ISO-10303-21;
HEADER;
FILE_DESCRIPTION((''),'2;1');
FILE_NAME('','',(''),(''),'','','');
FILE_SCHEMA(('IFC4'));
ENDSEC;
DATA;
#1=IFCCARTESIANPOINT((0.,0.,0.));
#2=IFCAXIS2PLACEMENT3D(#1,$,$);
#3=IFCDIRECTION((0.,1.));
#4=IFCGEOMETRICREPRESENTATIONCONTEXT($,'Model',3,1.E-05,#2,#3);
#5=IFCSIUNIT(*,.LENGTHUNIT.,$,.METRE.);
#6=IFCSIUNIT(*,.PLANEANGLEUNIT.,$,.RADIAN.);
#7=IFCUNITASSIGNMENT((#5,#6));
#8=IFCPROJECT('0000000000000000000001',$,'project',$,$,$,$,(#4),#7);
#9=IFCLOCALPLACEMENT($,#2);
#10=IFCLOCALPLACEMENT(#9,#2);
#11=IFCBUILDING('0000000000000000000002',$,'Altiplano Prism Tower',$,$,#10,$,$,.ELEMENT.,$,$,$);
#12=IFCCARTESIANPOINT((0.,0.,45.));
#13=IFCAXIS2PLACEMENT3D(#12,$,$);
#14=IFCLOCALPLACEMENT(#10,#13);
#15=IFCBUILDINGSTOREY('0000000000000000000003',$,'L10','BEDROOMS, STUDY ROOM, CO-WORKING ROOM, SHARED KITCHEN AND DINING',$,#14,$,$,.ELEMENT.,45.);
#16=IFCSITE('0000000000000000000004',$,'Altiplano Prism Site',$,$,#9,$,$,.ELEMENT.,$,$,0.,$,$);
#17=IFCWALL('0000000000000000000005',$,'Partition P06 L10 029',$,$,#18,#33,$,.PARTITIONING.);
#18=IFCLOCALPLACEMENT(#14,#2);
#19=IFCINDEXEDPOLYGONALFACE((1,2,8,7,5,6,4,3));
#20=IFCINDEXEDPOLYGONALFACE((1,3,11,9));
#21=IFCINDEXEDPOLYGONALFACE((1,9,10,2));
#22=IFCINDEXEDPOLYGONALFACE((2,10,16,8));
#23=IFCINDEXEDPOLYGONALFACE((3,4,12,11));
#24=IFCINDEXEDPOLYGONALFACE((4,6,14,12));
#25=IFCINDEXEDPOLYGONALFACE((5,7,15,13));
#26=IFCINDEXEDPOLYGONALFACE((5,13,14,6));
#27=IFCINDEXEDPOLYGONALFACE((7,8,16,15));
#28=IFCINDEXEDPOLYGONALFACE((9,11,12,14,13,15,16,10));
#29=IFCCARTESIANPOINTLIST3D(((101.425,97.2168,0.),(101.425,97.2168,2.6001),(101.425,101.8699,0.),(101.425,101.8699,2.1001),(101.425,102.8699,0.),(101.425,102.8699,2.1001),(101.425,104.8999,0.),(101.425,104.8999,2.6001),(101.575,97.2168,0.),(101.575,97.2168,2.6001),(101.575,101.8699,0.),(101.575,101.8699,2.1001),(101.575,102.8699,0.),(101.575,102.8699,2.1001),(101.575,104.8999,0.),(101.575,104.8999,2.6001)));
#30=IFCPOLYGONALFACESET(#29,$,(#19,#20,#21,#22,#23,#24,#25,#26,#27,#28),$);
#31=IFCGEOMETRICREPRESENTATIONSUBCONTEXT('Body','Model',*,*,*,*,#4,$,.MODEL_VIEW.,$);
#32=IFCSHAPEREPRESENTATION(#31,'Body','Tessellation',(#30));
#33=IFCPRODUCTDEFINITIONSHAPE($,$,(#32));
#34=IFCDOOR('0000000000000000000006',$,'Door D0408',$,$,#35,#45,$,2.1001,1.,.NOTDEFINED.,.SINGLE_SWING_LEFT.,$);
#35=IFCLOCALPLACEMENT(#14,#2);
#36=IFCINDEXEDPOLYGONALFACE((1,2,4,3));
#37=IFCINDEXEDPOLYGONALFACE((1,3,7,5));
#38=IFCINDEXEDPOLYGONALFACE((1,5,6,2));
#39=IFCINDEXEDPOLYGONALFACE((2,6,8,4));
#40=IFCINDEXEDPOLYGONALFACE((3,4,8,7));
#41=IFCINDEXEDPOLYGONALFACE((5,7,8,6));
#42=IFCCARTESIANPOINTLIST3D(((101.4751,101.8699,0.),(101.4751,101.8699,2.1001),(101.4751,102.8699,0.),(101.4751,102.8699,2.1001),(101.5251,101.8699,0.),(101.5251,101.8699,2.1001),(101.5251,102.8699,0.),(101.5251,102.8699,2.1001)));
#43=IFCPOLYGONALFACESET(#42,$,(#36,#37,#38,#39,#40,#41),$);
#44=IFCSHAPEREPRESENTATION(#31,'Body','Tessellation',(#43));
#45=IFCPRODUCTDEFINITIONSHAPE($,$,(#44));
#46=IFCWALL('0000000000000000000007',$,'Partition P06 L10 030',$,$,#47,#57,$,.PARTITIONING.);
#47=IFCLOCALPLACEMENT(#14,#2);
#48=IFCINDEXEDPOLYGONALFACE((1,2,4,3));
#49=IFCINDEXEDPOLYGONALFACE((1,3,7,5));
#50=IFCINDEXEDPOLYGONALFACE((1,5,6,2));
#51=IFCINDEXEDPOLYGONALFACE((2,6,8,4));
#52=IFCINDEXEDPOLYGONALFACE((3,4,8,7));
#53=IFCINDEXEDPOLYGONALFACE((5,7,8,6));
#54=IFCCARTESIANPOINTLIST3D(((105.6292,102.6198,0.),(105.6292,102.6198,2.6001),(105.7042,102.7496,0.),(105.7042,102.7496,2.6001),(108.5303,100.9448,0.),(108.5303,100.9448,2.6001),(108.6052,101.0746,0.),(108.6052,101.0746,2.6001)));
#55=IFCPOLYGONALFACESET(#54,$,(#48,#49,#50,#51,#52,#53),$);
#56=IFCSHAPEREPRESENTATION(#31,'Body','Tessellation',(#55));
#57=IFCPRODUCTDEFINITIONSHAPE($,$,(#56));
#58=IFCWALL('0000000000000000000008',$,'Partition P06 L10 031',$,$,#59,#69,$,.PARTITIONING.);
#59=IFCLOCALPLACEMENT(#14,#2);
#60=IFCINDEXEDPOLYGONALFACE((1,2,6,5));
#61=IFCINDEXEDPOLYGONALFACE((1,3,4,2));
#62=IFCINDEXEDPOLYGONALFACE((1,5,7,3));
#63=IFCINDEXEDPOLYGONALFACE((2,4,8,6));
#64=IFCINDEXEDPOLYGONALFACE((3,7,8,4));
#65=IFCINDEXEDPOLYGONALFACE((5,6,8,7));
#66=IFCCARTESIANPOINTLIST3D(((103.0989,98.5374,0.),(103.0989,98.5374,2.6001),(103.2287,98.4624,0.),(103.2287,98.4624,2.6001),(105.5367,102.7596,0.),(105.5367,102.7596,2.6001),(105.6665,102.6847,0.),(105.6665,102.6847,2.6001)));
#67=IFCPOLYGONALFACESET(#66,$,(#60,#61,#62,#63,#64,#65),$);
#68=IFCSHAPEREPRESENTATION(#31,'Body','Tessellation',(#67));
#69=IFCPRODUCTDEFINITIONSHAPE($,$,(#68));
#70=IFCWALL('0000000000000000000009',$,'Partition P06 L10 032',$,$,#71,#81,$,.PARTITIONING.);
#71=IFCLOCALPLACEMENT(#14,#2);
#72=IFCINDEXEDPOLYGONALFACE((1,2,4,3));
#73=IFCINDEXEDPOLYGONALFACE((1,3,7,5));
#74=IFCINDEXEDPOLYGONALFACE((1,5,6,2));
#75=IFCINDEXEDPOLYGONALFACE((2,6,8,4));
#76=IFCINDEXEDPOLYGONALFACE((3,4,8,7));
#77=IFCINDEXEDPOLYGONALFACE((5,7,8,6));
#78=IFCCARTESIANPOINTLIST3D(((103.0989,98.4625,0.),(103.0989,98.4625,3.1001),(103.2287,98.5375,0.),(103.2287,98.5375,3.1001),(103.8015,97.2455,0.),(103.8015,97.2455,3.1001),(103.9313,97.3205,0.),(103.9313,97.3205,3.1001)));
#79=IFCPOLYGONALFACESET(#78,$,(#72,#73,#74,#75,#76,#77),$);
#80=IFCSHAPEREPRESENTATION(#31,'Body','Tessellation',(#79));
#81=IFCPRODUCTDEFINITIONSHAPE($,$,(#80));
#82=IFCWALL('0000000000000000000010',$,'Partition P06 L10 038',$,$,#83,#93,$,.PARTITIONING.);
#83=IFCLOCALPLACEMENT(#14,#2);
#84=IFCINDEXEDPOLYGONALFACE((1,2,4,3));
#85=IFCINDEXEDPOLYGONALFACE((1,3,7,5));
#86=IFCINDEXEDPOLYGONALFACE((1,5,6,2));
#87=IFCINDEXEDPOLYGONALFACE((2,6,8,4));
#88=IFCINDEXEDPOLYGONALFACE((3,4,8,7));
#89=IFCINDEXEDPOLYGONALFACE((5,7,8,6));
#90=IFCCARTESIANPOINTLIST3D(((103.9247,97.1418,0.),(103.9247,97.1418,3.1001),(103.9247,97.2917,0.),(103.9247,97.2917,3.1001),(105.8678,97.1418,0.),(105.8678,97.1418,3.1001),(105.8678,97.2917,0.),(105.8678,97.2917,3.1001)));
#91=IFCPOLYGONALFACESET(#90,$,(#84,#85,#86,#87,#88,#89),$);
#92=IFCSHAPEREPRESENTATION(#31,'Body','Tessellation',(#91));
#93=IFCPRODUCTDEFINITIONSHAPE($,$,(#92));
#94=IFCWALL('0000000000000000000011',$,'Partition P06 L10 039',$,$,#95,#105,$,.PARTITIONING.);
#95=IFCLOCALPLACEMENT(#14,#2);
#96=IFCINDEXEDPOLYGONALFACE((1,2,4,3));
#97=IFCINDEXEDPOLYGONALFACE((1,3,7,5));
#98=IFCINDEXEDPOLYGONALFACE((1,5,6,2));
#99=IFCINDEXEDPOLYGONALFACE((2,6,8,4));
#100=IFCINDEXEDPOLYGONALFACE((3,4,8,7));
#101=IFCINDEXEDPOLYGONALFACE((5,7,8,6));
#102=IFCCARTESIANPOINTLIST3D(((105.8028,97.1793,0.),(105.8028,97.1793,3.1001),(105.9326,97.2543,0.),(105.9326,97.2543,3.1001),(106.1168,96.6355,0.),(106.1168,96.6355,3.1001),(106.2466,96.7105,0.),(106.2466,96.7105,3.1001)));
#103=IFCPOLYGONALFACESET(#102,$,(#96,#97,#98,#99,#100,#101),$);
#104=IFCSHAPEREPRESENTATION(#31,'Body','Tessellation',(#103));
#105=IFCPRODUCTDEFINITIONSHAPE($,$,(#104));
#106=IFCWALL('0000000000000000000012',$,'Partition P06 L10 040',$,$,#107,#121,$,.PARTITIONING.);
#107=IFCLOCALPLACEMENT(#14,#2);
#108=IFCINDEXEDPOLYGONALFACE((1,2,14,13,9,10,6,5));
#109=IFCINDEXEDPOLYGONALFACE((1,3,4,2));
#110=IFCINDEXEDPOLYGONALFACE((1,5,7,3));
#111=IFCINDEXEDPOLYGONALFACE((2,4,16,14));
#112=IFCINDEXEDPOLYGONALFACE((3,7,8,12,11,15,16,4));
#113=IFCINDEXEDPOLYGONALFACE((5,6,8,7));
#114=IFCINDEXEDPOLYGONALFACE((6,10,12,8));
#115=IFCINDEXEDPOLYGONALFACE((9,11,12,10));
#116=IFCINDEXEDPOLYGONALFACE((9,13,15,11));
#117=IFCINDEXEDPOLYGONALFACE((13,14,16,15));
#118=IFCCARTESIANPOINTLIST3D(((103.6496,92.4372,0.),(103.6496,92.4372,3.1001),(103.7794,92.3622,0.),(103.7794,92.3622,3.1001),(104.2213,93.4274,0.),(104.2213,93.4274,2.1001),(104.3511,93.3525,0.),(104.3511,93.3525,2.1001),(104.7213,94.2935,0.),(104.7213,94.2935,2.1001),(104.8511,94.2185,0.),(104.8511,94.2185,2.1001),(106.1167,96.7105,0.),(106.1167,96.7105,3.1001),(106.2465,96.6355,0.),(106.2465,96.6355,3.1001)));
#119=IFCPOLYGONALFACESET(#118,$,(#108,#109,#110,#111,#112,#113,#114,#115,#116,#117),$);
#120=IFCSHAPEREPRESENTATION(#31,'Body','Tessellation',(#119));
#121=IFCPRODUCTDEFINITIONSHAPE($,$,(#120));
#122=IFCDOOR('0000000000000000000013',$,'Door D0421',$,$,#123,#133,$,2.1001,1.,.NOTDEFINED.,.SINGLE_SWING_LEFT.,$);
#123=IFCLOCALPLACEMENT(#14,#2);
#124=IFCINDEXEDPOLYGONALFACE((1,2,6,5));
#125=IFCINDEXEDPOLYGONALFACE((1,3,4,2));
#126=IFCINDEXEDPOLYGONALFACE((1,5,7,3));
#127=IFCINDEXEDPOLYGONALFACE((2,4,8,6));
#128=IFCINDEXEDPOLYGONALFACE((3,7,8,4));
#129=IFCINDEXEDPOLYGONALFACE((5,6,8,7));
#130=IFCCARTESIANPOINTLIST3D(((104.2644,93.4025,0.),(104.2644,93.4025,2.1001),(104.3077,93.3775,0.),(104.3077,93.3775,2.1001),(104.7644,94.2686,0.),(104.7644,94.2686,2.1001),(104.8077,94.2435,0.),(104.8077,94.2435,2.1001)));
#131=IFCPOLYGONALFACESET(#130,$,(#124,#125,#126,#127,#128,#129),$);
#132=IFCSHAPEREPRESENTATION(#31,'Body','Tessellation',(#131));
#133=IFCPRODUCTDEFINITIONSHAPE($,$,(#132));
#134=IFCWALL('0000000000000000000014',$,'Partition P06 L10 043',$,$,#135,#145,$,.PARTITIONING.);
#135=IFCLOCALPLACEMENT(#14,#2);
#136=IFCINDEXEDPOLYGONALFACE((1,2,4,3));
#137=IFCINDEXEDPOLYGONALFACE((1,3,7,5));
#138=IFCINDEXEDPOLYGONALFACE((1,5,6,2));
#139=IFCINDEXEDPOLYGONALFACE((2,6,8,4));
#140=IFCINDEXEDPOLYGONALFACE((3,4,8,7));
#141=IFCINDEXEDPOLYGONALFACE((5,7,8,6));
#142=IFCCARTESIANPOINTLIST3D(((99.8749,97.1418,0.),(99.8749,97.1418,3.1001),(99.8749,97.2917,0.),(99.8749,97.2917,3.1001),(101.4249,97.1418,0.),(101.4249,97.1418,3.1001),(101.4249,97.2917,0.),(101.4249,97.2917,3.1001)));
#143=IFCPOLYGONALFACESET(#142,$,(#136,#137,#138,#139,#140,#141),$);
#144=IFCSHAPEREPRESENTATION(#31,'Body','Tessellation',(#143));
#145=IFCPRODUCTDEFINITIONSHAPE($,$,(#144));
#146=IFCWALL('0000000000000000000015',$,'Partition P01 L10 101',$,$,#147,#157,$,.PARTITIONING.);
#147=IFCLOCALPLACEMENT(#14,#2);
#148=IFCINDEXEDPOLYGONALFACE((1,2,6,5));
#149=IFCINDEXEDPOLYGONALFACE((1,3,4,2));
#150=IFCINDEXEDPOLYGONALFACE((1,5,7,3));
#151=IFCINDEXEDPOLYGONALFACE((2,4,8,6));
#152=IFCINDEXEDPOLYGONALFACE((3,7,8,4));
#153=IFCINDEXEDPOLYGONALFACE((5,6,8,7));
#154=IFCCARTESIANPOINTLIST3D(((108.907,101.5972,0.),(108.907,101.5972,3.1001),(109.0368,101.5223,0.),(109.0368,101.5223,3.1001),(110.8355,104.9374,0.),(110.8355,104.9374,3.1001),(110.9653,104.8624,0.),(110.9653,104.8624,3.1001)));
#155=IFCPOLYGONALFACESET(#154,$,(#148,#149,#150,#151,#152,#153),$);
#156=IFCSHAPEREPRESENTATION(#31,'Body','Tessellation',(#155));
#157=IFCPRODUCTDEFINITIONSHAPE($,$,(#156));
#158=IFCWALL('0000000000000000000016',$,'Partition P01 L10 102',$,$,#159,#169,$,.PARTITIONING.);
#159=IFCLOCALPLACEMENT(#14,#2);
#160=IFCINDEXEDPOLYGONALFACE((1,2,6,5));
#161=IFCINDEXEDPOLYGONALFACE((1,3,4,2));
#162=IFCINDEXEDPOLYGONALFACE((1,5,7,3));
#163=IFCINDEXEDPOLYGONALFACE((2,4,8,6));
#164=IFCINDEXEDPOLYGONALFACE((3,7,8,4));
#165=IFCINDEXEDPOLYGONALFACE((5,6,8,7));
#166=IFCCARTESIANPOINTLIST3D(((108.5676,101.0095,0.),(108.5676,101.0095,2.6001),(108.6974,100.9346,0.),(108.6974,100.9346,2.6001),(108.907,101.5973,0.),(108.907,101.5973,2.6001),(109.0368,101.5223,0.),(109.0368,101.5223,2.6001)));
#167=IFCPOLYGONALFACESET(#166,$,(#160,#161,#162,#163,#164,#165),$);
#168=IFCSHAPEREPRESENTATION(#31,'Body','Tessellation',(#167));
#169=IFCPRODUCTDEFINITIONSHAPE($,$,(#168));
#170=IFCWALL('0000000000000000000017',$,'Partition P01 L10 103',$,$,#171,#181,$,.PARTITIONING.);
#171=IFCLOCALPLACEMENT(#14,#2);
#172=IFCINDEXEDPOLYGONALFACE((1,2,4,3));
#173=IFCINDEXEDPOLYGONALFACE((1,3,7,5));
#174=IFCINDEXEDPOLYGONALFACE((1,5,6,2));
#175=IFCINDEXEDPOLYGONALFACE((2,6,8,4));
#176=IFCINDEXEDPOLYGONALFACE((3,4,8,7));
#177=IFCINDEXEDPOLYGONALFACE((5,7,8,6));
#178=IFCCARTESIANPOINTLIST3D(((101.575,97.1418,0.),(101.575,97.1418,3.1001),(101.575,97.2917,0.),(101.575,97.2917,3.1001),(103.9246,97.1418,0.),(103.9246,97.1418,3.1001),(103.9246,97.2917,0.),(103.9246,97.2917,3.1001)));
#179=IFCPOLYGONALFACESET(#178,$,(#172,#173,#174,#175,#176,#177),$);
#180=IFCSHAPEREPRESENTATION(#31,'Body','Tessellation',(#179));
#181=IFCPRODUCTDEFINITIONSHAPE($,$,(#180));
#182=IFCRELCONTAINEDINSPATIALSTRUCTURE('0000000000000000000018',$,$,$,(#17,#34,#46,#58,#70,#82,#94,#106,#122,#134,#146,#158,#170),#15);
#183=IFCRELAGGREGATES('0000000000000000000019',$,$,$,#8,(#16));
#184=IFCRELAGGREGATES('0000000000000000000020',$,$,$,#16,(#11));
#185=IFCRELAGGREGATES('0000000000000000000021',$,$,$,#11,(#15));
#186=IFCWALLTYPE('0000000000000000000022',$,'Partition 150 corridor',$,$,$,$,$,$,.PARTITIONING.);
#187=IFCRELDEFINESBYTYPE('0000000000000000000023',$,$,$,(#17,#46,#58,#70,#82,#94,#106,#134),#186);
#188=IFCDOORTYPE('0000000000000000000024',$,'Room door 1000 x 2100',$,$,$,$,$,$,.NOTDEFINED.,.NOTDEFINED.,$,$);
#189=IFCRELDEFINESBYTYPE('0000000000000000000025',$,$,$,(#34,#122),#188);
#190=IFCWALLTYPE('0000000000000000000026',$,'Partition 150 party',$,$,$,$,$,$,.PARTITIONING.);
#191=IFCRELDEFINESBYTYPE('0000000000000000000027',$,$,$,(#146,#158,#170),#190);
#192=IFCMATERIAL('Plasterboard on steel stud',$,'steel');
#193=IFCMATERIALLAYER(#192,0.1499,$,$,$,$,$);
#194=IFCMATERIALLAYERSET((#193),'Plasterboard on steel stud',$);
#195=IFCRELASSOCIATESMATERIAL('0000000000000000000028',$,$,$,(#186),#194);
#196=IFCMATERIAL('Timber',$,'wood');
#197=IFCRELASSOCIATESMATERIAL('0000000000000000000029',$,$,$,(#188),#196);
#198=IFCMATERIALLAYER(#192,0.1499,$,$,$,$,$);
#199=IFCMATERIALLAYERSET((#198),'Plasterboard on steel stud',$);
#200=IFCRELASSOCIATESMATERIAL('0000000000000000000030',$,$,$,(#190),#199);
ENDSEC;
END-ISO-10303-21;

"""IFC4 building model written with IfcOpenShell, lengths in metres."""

from ifc_helpers import new_model, si_unit, direction, frame, frame_2d, origin, place, context, subcontext, project, spatial, rectangle, extrude, material, layer, layer_set, type_object, element, fill, save


model = new_model("IFC4")

# Units and contexts
model_context = context("Model", 3, precision=1e-05, world=origin(), true_north=direction((0.0, 1.0)))
body_context = subcontext(model_context, "Body", "Model", "MODEL_VIEW")
ifc_project = project(units=[si_unit("LENGTHUNIT", "METRE"), si_unit("PLANEANGLEUNIT", "RADIAN")], contexts=[model_context])

# Site, building, storey
site_placement = place(None, origin())
site = spatial("IfcSite", under=ifc_project, at=site_placement, Name="Altiplano Prism Site", CompositionType="ELEMENT", RefElevation=0.0)
building_placement = place(site_placement, origin())
building = spatial("IfcBuilding", under=site, at=building_placement, Name="Altiplano Prism Tower", CompositionType="ELEMENT")
storey_placement = place(building_placement, frame((0.0, 0.0, 45.0)))
storey = spatial("IfcBuildingStorey", under=building, at=storey_placement, Name="L10", Description="BEDROOMS, STUDY ROOM, CO-WORKING ROOM, SHARED KITCHEN AND DINING", CompositionType="ELEMENT", Elevation=45.0)

# Shared definitions
ifc_material_1 = material(Name="Plasterboard on steel stud", Category="steel")
ifc_layer_1 = layer(ifc_material_1, 0.1499)
ifc_layer_set_1 = layer_set([ifc_layer_1], Name="Plasterboard on steel stud")
wall_type_1 = type_object("IfcWallType", Name="Partition 150 corridor", PredefinedType="PARTITIONING", material=ifc_layer_set_1)

# Wall, opening, door
ifc_material_2 = material(Name="Timber", Category="wood")
wall_1_placement = place(storey_placement, frame((101.5, 97.2168, 0.0), z_axis=(0.0, 0.0, 1.0), x_axis=(0.0, 1.0, 0.0)))
wall_1 = element("IfcWall", 1, at=wall_1_placement, inside=storey, type_object=wall_type_1, Name="Partition P06 L10 029", PredefinedType="PARTITIONING", context=body_context, shape_type="SweptSolid", body=[
    extrude(rectangle(XDim=7.6831, YDim=0.1499, at=frame_2d((3.8416, 0.0))), origin(), (0.0, 0.0, 1.0), 2.6001),
])
opening_1_placement = place(wall_1_placement, frame((4.6531, 0.0, 0.0)))
opening_1 = element("IfcOpeningElement", 2, at=opening_1_placement, cuts=wall_1, PredefinedType="OPENING", context=body_context, shape_type="SweptSolid", body=[
    extrude(rectangle(XDim=1.0, YDim=2.1001, at=frame_2d((0.5, 1.05))), frame((0.0, 0.0854, 0.0), z_axis=(0.0, -1.0, 0.0), x_axis=(1.0, 0.0, 0.0)), (0.0, 0.0, 1.0), 0.1709),
])
door_type_1 = type_object("IfcDoorType", Name="Room door 1000 x 2100", OperationType="NOTDEFINED", PredefinedType="NOTDEFINED", material=ifc_material_2)
door_1_placement = place(opening_1_placement, origin())
door_1 = element("IfcDoor", 3, at=door_1_placement, inside=storey, type_object=door_type_1, Name="Door D0408", OperationType="SINGLE_SWING_LEFT", OverallHeight=2.1001, OverallWidth=1.0, PredefinedType="NOTDEFINED", context=body_context, shape_type="SweptSolid", body=[
    extrude(rectangle(XDim=1.0, YDim=2.1001, at=frame_2d((0.5, 1.05))), frame((0.0, 0.0249, 0.0), z_axis=(0.0, -1.0, 0.0), x_axis=(1.0, 0.0, 0.0)), (0.0, 0.0, 1.0), 0.05),
])
fill(opening_1, door_1)

# Walls
wall_2_placement = place(storey_placement, frame((108.5676, 101.0098, 0.0), z_axis=(0.0, 0.0, 1.0), x_axis=(-0.866014, 0.500019, 0.0)))
element("IfcWall", 4, at=wall_2_placement, inside=storey, type_object=wall_type_1, Name="Partition P06 L10 030", PredefinedType="PARTITIONING", context=body_context, shape_type="SweptSolid", body=[
    extrude(rectangle(XDim=3.3499, YDim=0.1499, at=frame_2d((1.6748, 0.0))), origin(), (0.0, 0.0, 1.0), 2.6001),
])
wall_3_placement = place(storey_placement, frame((105.6016, 102.7222, 0.0), z_axis=(0.0, 0.0, 1.0), x_axis=(-0.500011, -0.866019, 0.0)))
element("IfcWall", 5, at=wall_3_placement, inside=storey, type_object=wall_type_1, Name="Partition P06 L10 031", PredefinedType="PARTITIONING", context=body_context, shape_type="SweptSolid", body=[
    extrude(rectangle(XDim=4.8755, YDim=0.1499, at=frame_2d((2.4377, 0.0))), origin(), (0.0, 0.0, 1.0), 2.6001),
])
wall_4_placement = place(storey_placement, frame((103.1638, 98.5, 0.0), z_axis=(0.0, 0.0, 1.0), x_axis=(0.499988, -0.866032, 0.0)))
element("IfcWall", 6, at=wall_4_placement, inside=storey, type_object=wall_type_1, Name="Partition P06 L10 032", PredefinedType="PARTITIONING", context=body_context, shape_type="SweptSolid", body=[
    extrude(rectangle(XDim=1.4053, YDim=0.1499, at=frame_2d((0.7026, 0.0))), origin(), (0.0, 0.0, 1.0), 3.1001),
])
wall_5_placement = place(storey_placement, frame((103.9246, 97.2168, 0.0), z_axis=(0.0, 0.0, 1.0), x_axis=(1.0, 0.0, 0.0)))
element("IfcWall", 7, at=wall_5_placement, inside=storey, type_object=wall_type_1, Name="Partition P06 L10 038", PredefinedType="PARTITIONING", context=body_context, shape_type="SweptSolid", body=[
    extrude(rectangle(XDim=1.9431, YDim=0.1499, at=frame_2d((0.9717, 0.0))), origin(), (0.0, 0.0, 1.0), 3.1001),
])
wall_6_placement = place(storey_placement, frame((105.8677, 97.2168, 0.0), z_axis=(0.0, 0.0, 1.0), x_axis=(0.50007, -0.865985, 0.0)))
element("IfcWall", 8, at=wall_6_placement, inside=storey, type_object=wall_type_1, Name="Partition P06 L10 039", PredefinedType="PARTITIONING", context=body_context, shape_type="SweptSolid", body=[
    extrude(rectangle(XDim=0.6279, YDim=0.1499, at=frame_2d((0.314, 0.0))), origin(), (0.0, 0.0, 1.0), 3.1001),
])

# Wall, opening, door
wall_7_placement = place(storey_placement, frame((106.1816, 96.6731, 0.0), z_axis=(0.0, 0.0, 1.0), x_axis=(-0.499987, -0.866033, 0.0)))
wall_7 = element("IfcWall", 9, at=wall_7_placement, inside=storey, type_object=wall_type_1, Name="Partition P06 L10 040", PredefinedType="PARTITIONING", context=body_context, shape_type="SweptSolid", body=[
    extrude(rectangle(XDim=4.9343, YDim=0.1499, at=frame_2d((2.4673, 0.0))), origin(), (0.0, 0.0, 1.0), 3.1001),
])
opening_2_placement = place(wall_7_placement, frame((2.791, 0.0, 0.0)))
opening_2 = element("IfcOpeningElement", 10, at=opening_2_placement, cuts=wall_7, PredefinedType="OPENING", context=body_context, shape_type="SweptSolid", body=[
    extrude(rectangle(XDim=1.0, YDim=2.1001, at=frame_2d((0.5, 1.05))), frame((0.0, 0.0854, 0.0), z_axis=(0.0, -1.0, 0.0), x_axis=(1.0, 0.0, 0.0)), (0.0, 0.0, 1.0), 0.1709),
])
door_2_placement = place(opening_2_placement, origin())
door_2 = element("IfcDoor", 11, at=door_2_placement, inside=storey, type_object=door_type_1, Name="Door D0421", OperationType="SINGLE_SWING_LEFT", OverallHeight=2.1001, OverallWidth=1.0, PredefinedType="NOTDEFINED", context=body_context, shape_type="SweptSolid", body=[
    extrude(rectangle(XDim=1.0, YDim=2.1001, at=frame_2d((0.5, 1.05))), frame((0.0, 0.0249, 0.0), z_axis=(0.0, -1.0, 0.0), x_axis=(1.0, 0.0, 0.0)), (0.0, 0.0, 1.0), 0.05),
])
fill(opening_2, door_2)

# Walls
wall_8_placement = place(storey_placement, frame((99.875, 97.2168, 0.0), z_axis=(0.0, 0.0, 1.0), x_axis=(1.0, 0.0, 0.0)))
element("IfcWall", 12, at=wall_8_placement, inside=storey, type_object=wall_type_1, Name="Partition P06 L10 043", PredefinedType="PARTITIONING", context=body_context, shape_type="SweptSolid", body=[
    extrude(rectangle(XDim=1.55, YDim=0.1499, at=frame_2d((0.7749, 0.0))), origin(), (0.0, 0.0, 1.0), 3.1001),
])
ifc_layer_2 = layer(ifc_material_1, 0.1499)
ifc_layer_set_2 = layer_set([ifc_layer_2], Name="Plasterboard on steel stud")
wall_type_2 = type_object("IfcWallType", Name="Partition 150 party", PredefinedType="PARTITIONING", material=ifc_layer_set_2)
wall_9_placement = place(storey_placement, frame((110.9004, 104.8999, 0.0), z_axis=(0.0, 0.0, 1.0), x_axis=(-0.500013, -0.866018, 0.0)))
element("IfcWall", 13, at=wall_9_placement, inside=storey, type_object=wall_type_2, Name="Partition P01 L10 101", PredefinedType="PARTITIONING", context=body_context, shape_type="SweptSolid", body=[
    extrude(rectangle(XDim=3.8569, YDim=0.1499, at=frame_2d((1.9285, 0.0))), origin(), (0.0, 0.0, 1.0), 3.1001),
])
wall_10_placement = place(storey_placement, frame((108.9719, 101.5598, 0.0), z_axis=(0.0, 0.0, 1.0), x_axis=(-0.500086, -0.865976, 0.0)))
element("IfcWall", 14, at=wall_10_placement, inside=storey, type_object=wall_type_2, Name="Partition P01 L10 102", PredefinedType="PARTITIONING", context=body_context, shape_type="SweptSolid", body=[
    extrude(rectangle(XDim=0.6787, YDim=0.1499, at=frame_2d((0.3394, 0.0))), origin(), (0.0, 0.0, 1.0), 2.6001),
])
wall_11_placement = place(storey_placement, frame((101.575, 97.2168, 0.0), z_axis=(0.0, 0.0, 1.0), x_axis=(1.0, 0.0, 0.0)))
element("IfcWall", 15, at=wall_11_placement, inside=storey, type_object=wall_type_2, Name="Partition P01 L10 103", PredefinedType="PARTITIONING", context=body_context, shape_type="SweptSolid", body=[
    extrude(rectangle(XDim=2.3496, YDim=0.1499, at=frame_2d((1.1748, 0.0))), origin(), (0.0, 0.0, 1.0), 3.1001),
])

save(model, "model.ifc")
